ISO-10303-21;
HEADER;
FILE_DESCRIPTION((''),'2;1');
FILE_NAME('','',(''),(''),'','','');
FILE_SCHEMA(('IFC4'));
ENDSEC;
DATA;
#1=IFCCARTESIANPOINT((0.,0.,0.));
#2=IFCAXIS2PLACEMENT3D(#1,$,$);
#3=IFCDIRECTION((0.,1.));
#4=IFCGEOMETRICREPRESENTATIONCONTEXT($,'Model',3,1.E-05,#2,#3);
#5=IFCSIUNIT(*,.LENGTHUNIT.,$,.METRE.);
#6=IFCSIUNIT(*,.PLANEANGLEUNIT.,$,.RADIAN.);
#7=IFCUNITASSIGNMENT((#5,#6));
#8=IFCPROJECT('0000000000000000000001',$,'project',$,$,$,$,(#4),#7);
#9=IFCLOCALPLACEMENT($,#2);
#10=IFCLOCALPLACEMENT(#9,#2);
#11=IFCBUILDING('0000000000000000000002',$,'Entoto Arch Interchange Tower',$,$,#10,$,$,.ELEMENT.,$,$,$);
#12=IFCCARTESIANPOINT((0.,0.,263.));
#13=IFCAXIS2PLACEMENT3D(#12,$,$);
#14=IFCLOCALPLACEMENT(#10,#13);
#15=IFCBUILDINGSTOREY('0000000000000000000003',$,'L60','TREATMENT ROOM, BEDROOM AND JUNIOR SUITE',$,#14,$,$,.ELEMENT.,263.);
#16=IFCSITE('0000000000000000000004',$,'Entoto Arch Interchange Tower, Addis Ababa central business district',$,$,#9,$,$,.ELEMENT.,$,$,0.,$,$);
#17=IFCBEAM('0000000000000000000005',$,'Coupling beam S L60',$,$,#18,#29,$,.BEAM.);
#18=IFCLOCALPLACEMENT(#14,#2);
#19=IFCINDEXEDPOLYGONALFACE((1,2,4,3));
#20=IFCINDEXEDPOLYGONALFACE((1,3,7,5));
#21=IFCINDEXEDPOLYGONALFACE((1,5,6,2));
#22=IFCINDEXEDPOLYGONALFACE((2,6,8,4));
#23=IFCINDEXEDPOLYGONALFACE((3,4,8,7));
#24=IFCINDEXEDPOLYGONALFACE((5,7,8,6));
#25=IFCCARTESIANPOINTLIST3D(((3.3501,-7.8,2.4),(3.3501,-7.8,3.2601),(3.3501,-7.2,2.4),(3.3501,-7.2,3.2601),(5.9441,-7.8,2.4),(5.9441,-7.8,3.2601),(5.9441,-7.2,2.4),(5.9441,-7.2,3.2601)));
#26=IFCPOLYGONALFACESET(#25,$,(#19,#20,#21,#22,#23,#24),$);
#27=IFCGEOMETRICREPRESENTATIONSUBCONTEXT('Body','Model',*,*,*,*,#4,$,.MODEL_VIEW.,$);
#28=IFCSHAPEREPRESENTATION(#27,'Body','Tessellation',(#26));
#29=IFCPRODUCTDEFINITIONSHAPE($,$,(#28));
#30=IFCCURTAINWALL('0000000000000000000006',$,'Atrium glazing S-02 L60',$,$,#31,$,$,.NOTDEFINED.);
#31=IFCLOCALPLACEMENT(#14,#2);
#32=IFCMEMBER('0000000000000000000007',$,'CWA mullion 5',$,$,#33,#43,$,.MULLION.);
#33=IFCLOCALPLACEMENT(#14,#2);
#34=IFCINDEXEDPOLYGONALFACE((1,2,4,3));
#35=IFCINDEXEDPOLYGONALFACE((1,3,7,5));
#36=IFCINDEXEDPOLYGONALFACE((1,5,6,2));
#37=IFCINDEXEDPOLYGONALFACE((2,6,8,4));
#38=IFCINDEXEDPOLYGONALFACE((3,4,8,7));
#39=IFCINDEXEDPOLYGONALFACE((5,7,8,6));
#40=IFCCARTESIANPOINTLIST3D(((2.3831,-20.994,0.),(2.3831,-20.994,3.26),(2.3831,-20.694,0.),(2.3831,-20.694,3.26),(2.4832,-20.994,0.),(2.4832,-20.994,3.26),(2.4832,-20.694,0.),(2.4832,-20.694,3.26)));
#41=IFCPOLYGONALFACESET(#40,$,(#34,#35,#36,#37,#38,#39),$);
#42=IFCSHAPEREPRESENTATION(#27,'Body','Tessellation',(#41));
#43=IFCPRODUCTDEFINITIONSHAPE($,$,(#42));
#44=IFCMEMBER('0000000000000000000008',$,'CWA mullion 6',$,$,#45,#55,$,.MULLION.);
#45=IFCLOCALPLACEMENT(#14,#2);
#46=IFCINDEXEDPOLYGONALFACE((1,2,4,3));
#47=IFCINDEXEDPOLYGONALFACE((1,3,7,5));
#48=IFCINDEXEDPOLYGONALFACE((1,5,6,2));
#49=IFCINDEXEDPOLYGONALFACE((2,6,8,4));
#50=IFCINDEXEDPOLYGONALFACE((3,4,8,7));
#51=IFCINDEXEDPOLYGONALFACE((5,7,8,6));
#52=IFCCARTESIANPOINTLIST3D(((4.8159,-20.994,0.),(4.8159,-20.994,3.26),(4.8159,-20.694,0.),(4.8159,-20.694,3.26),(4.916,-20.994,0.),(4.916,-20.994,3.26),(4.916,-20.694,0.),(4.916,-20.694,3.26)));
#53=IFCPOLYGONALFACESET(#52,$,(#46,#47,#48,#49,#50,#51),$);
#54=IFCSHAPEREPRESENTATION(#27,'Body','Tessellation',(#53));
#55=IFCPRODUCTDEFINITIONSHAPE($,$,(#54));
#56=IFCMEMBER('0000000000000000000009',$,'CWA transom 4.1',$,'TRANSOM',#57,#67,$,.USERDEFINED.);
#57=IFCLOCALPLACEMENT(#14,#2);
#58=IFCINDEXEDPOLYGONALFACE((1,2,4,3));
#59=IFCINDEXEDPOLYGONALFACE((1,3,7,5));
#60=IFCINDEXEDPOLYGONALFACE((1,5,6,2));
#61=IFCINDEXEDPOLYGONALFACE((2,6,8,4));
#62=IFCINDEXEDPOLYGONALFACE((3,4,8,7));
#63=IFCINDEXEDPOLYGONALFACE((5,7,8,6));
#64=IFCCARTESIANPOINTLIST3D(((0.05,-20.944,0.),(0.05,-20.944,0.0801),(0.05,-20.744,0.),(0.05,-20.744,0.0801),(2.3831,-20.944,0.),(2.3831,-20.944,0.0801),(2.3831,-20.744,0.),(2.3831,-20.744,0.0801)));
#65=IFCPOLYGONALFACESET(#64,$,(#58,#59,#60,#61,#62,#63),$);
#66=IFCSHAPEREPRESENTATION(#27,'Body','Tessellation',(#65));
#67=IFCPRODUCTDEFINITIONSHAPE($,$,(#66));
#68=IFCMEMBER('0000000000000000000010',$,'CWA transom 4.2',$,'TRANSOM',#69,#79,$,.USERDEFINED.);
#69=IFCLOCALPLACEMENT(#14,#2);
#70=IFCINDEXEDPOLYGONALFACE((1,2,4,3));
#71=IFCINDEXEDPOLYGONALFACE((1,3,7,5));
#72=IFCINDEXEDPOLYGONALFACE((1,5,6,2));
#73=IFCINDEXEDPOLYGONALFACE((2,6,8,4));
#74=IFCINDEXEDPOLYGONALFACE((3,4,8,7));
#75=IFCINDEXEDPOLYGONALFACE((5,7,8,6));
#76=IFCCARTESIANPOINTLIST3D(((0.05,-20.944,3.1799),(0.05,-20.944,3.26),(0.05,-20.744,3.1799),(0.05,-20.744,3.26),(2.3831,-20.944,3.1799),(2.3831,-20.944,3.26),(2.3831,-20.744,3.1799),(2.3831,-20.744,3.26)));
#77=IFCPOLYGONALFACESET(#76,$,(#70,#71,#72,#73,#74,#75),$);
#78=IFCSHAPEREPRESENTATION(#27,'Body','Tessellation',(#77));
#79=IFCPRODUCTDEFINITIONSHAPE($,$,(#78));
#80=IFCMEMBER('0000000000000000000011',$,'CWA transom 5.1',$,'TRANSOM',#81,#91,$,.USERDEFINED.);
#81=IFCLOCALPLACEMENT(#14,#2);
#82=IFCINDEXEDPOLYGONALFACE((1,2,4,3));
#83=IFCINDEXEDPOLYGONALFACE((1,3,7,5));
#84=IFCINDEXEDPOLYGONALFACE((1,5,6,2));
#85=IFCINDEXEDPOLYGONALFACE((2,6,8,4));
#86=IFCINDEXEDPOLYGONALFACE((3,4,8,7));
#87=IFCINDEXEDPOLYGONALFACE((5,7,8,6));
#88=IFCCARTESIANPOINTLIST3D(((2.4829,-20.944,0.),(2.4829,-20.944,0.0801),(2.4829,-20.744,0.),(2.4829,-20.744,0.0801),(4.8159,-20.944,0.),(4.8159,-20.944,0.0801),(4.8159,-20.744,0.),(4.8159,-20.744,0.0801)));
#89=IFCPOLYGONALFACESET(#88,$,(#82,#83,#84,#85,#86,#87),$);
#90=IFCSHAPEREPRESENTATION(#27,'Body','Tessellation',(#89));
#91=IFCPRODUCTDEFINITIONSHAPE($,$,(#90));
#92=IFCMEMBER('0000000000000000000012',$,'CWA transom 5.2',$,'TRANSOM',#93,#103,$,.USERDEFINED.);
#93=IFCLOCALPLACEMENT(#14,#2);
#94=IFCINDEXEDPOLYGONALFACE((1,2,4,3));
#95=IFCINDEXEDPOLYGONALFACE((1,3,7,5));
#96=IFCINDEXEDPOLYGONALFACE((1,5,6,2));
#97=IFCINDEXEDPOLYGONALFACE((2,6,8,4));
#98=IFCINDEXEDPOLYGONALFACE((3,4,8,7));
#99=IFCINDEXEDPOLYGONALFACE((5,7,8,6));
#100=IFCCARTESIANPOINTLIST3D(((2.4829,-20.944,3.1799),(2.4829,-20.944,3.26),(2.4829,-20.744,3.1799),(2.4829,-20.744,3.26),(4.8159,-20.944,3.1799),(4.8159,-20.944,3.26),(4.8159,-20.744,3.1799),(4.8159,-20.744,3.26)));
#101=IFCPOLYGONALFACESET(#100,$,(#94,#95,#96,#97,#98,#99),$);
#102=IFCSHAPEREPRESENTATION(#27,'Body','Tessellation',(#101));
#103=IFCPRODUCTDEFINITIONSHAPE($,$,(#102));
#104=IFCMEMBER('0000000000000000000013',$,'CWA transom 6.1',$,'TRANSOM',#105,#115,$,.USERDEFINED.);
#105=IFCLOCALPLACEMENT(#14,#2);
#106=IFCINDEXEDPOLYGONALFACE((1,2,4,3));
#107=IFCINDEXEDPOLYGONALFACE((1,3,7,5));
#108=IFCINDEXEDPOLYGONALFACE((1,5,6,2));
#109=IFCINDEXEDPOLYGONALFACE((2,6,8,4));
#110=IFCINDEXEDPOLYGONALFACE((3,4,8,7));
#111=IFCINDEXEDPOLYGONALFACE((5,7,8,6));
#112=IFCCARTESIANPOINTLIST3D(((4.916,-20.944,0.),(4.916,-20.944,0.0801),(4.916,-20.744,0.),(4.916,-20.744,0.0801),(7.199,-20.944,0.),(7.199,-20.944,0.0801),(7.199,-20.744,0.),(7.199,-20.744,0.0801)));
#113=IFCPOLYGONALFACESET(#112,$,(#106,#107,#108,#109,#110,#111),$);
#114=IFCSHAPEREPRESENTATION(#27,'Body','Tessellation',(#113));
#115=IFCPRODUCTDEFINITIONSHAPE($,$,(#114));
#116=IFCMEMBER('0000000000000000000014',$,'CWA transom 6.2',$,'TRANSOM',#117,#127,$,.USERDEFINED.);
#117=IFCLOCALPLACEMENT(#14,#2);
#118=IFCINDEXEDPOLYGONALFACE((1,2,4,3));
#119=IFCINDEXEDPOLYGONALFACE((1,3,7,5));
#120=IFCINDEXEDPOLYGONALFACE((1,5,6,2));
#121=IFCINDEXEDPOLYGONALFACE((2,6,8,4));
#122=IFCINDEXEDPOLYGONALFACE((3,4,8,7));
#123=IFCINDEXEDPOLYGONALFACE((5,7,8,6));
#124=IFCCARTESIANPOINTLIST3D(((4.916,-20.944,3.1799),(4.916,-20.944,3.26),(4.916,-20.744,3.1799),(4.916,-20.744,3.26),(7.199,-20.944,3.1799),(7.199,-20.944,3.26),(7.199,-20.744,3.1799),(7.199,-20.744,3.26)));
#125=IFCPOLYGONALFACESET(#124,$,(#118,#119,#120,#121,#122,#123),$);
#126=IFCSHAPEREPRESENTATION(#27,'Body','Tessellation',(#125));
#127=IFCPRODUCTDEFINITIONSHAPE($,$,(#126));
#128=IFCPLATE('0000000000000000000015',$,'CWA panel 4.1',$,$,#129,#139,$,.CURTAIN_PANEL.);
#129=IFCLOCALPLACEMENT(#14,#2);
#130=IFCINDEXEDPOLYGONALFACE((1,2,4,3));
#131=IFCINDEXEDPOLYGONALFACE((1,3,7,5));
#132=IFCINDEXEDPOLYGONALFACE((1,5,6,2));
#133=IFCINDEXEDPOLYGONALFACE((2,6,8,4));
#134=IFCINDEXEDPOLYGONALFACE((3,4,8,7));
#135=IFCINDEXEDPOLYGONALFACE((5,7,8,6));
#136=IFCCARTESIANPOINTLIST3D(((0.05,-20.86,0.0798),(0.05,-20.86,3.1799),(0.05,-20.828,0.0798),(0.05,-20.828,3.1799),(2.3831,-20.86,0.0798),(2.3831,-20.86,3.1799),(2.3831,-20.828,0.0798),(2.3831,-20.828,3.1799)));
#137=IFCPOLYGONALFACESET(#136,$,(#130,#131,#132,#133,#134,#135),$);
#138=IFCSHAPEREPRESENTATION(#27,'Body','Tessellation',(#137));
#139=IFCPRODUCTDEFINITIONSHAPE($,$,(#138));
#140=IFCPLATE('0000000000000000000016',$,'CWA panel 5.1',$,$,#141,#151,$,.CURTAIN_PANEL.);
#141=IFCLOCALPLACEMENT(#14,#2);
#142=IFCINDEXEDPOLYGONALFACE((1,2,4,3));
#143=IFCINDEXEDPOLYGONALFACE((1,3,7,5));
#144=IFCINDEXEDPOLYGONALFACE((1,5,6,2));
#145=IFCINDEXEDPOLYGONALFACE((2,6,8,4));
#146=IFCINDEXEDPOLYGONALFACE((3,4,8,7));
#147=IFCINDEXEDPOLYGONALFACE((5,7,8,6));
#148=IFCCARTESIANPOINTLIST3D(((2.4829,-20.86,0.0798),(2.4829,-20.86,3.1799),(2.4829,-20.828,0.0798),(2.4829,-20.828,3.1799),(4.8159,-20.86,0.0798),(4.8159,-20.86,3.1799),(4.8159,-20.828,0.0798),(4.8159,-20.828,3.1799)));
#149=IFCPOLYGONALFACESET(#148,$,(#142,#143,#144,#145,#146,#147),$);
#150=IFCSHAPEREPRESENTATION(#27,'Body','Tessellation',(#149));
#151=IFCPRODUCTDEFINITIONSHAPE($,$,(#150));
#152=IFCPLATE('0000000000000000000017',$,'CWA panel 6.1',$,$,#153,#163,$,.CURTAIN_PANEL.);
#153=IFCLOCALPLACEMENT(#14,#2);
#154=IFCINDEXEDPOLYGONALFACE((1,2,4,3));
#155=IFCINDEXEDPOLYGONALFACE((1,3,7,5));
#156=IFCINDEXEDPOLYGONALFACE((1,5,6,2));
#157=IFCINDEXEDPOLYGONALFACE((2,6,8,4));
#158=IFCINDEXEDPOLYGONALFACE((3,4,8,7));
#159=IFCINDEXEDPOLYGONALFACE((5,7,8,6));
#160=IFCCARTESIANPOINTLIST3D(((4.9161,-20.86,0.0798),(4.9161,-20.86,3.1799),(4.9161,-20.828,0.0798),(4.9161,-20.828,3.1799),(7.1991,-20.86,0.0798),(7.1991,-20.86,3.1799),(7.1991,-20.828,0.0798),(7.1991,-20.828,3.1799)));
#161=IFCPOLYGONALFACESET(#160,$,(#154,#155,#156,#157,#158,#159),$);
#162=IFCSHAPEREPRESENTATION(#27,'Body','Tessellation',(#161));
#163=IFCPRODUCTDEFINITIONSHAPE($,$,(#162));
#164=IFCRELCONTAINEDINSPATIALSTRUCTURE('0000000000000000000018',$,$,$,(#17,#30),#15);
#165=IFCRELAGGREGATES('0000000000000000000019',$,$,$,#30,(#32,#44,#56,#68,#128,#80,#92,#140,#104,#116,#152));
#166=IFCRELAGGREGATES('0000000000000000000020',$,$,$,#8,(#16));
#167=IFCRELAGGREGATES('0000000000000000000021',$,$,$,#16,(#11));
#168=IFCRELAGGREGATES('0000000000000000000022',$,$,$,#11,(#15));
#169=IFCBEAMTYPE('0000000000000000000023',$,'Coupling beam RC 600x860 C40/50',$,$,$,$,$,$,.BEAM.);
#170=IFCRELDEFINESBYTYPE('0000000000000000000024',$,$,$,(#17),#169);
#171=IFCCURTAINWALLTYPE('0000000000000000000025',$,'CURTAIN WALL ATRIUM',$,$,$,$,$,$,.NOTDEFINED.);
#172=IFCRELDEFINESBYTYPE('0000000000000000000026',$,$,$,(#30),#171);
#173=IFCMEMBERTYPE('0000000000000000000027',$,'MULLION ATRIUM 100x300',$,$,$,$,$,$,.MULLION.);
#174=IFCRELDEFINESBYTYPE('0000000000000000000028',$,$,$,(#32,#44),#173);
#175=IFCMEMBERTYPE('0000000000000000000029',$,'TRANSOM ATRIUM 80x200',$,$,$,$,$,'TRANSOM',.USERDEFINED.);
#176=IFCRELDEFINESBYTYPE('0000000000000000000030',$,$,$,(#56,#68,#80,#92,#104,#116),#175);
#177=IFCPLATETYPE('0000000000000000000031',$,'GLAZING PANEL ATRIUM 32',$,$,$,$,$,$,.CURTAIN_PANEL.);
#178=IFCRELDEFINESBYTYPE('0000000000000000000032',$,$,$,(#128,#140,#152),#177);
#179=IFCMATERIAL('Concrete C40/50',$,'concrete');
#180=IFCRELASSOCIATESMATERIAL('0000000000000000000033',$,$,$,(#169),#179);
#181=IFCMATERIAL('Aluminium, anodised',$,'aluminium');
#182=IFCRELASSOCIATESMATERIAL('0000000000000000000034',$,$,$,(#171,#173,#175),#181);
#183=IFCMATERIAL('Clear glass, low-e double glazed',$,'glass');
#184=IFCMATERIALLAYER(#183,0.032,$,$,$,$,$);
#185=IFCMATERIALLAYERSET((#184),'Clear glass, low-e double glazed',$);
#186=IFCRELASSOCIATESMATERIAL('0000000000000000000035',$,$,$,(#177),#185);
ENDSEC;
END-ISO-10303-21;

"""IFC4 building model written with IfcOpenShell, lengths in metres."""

from ifc_helpers import new_model, si_unit, direction, frame, origin, origin_2d, place, context, subcontext, project, spatial, rectangle, extrude, material, layer, layer_set, material_profile, profile_set, type_object, element, aggregate, save


model = new_model("IFC4")

# Units and contexts
model_context = context("Model", 3, precision=1e-05, world=origin(), true_north=direction((0.0, 1.0)))
body_context = subcontext(model_context, "Body", "Model", "MODEL_VIEW")
ifc_project = project(units=[si_unit("LENGTHUNIT", "METRE"), si_unit("PLANEANGLEUNIT", "RADIAN")], contexts=[model_context])

# Site, building, storey
site_placement = place(None, origin())
site = spatial("IfcSite", under=ifc_project, at=site_placement, Name="Entoto Arch Interchange Tower, Addis Ababa central business district", CompositionType="ELEMENT", RefElevation=0.0)
building_placement = place(site_placement, origin())
building = spatial("IfcBuilding", under=site, at=building_placement, Name="Entoto Arch Interchange Tower", CompositionType="ELEMENT")
storey_placement = place(building_placement, frame((0.0, 0.0, 263.0)))
storey = spatial("IfcBuildingStorey", under=building, at=storey_placement, Name="L60", Description="TREATMENT ROOM, BEDROOM AND JUNIOR SUITE", CompositionType="ELEMENT", Elevation=263.0)

# Beam
ifc_material_1 = material(Name="Concrete C40/50", Category="concrete")
ifc_material_profile_1 = material_profile(ifc_material_1, rectangle(XDim=0.6001, YDim=0.8601, at=origin_2d()))
ifc_profile_set_1 = profile_set([ifc_material_profile_1], Name="Concrete C40/50")
beam_type = type_object("IfcBeamType", Name="Coupling beam RC 600x860 C40/50", PredefinedType="BEAM", material=ifc_profile_set_1)
beam_placement = place(storey_placement, frame((3.3501, -7.5, 2.8301), z_axis=(1.0, 0.0, 0.0), x_axis=(0.0, 1.0, 0.0)))
element("IfcBeam", 1, at=beam_placement, inside=storey, type_object=beam_type, Name="Coupling beam S L60", PredefinedType="BEAM", context=body_context, shape_type="SweptSolid", body=[
    extrude(rectangle(XDim=0.6001, YDim=0.8601, at=origin_2d()), origin(), (0.0, 0.0, 1.0), 2.594),
])

# Curtain wall, members, plates
ifc_material_2 = material(Name="Aluminium, anodised", Category="aluminium")
curtain_wall_type = type_object("IfcCurtainWallType", Name="CURTAIN WALL ATRIUM", PredefinedType="NOTDEFINED", material=ifc_material_2)
curtain_wall_placement = place(storey_placement, origin())
curtain_wall = element("IfcCurtainWall", 2, at=curtain_wall_placement, inside=storey, type_object=curtain_wall_type, Name="Atrium glazing S-02 L60", PredefinedType="NOTDEFINED")
ifc_material_profile_2 = material_profile(ifc_material_2, rectangle(XDim=0.3, YDim=0.1001, at=origin_2d()))
ifc_profile_set_2 = profile_set([ifc_material_profile_2], Name="Aluminium, anodised")
member_type_1 = type_object("IfcMemberType", Name="MULLION ATRIUM 100x300", PredefinedType="MULLION", material=ifc_profile_set_2)
member_1_placement = place(storey_placement, frame((2.4331, -20.844, 0.0), z_axis=(0.0, 0.0, 1.0), x_axis=(0.0, 1.0, 0.0)))
member_1 = element("IfcMember", 3, at=member_1_placement, type_object=member_type_1, Name="CWA mullion 5", PredefinedType="MULLION", context=body_context, shape_type="SweptSolid", body=[
    extrude(rectangle(XDim=0.3, YDim=0.1001, at=origin_2d()), origin(), (0.0, 0.0, 1.0), 3.26),
])
member_2_placement = place(storey_placement, frame((4.866, -20.844, 0.0), z_axis=(0.0, 0.0, 1.0), x_axis=(0.0, 1.0, 0.0)))
member_2 = element("IfcMember", 4, at=member_2_placement, type_object=member_type_1, Name="CWA mullion 6", PredefinedType="MULLION", context=body_context, shape_type="SweptSolid", body=[
    extrude(rectangle(XDim=0.3, YDim=0.1001, at=origin_2d()), origin(), (0.0, 0.0, 1.0), 3.26),
])
ifc_material_profile_3 = material_profile(ifc_material_2, rectangle(XDim=0.2, YDim=0.0801, at=origin_2d()))
ifc_profile_set_3 = profile_set([ifc_material_profile_3], Name="Aluminium, anodised")
member_type_2 = type_object("IfcMemberType", Name="TRANSOM ATRIUM 80x200", ElementType="TRANSOM", PredefinedType="USERDEFINED", material=ifc_profile_set_3)
member_3_placement = place(storey_placement, frame((0.05, -20.844, 0.04), z_axis=(1.0, 0.0, 0.0), x_axis=(0.0, 1.0, 0.0)))
member_3 = element("IfcMember", 5, at=member_3_placement, type_object=member_type_2, Name="CWA transom 4.1", ObjectType="TRANSOM", PredefinedType="USERDEFINED", context=body_context, shape_type="SweptSolid", body=[
    extrude(rectangle(XDim=0.2, YDim=0.0801, at=origin_2d()), origin(), (0.0, 0.0, 1.0), 2.333),
])
member_4_placement = place(storey_placement, frame((0.05, -20.844, 3.22), z_axis=(1.0, 0.0, 0.0), x_axis=(0.0, 1.0, 0.0)))
member_4 = element("IfcMember", 6, at=member_4_placement, type_object=member_type_2, Name="CWA transom 4.2", ObjectType="TRANSOM", PredefinedType="USERDEFINED", context=body_context, shape_type="SweptSolid", body=[
    extrude(rectangle(XDim=0.2, YDim=0.0801, at=origin_2d()), origin(), (0.0, 0.0, 1.0), 2.333),
])
member_5_placement = place(storey_placement, frame((2.4829, -20.844, 0.04), z_axis=(1.0, 0.0, 0.0), x_axis=(0.0, 1.0, 0.0)))
member_5 = element("IfcMember", 7, at=member_5_placement, type_object=member_type_2, Name="CWA transom 5.1", ObjectType="TRANSOM", PredefinedType="USERDEFINED", context=body_context, shape_type="SweptSolid", body=[
    extrude(rectangle(XDim=0.2, YDim=0.0801, at=origin_2d()), origin(), (0.0, 0.0, 1.0), 2.333),
])
member_6_placement = place(storey_placement, frame((2.4829, -20.844, 3.22), z_axis=(1.0, 0.0, 0.0), x_axis=(0.0, 1.0, 0.0)))
member_6 = element("IfcMember", 8, at=member_6_placement, type_object=member_type_2, Name="CWA transom 5.2", ObjectType="TRANSOM", PredefinedType="USERDEFINED", context=body_context, shape_type="SweptSolid", body=[
    extrude(rectangle(XDim=0.2, YDim=0.0801, at=origin_2d()), origin(), (0.0, 0.0, 1.0), 2.333),
])
member_7_placement = place(storey_placement, frame((4.916, -20.844, 0.04), z_axis=(1.0, 0.0, 0.0), x_axis=(0.0, 1.0, 0.0)))
member_7 = element("IfcMember", 9, at=member_7_placement, type_object=member_type_2, Name="CWA transom 6.1", ObjectType="TRANSOM", PredefinedType="USERDEFINED", context=body_context, shape_type="SweptSolid", body=[
    extrude(rectangle(XDim=0.2, YDim=0.0801, at=origin_2d()), origin(), (0.0, 0.0, 1.0), 2.283),
])
member_8_placement = place(storey_placement, frame((4.916, -20.844, 3.22), z_axis=(1.0, 0.0, 0.0), x_axis=(0.0, 1.0, 0.0)))
member_8 = element("IfcMember", 10, at=member_8_placement, type_object=member_type_2, Name="CWA transom 6.2", ObjectType="TRANSOM", PredefinedType="USERDEFINED", context=body_context, shape_type="SweptSolid", body=[
    extrude(rectangle(XDim=0.2, YDim=0.0801, at=origin_2d()), origin(), (0.0, 0.0, 1.0), 2.283),
])
ifc_material_3 = material(Name="Clear glass, low-e double glazed", Category="glass")
ifc_layer_1 = layer(ifc_material_3, 0.032)
ifc_layer_set_1 = layer_set([ifc_layer_1], Name="Clear glass, low-e double glazed")
plate_type = type_object("IfcPlateType", Name="GLAZING PANEL ATRIUM 32", PredefinedType="CURTAIN_PANEL", material=ifc_layer_set_1)
plate_1_placement = place(storey_placement, frame((1.2166, -20.844, 0.0798), z_axis=(0.0, 0.0, 1.0), x_axis=(1.0, 0.0, 0.0)))
plate_1 = element("IfcPlate", 11, at=plate_1_placement, type_object=plate_type, Name="CWA panel 4.1", PredefinedType="CURTAIN_PANEL", context=body_context, shape_type="SweptSolid", body=[
    extrude(rectangle(XDim=2.333, YDim=0.032, at=origin_2d()), origin(), (0.0, 0.0, 1.0), 3.1001),
])
plate_2_placement = place(storey_placement, frame((3.6494, -20.844, 0.0798), z_axis=(0.0, 0.0, 1.0), x_axis=(1.0, 0.0, 0.0)))
plate_2 = element("IfcPlate", 12, at=plate_2_placement, type_object=plate_type, Name="CWA panel 5.1", PredefinedType="CURTAIN_PANEL", context=body_context, shape_type="SweptSolid", body=[
    extrude(rectangle(XDim=2.333, YDim=0.032, at=origin_2d()), origin(), (0.0, 0.0, 1.0), 3.1001),
])
plate_3_placement = place(storey_placement, frame((6.0576, -20.844, 0.0798), z_axis=(0.0, 0.0, 1.0), x_axis=(1.0, 0.0, 0.0)))
plate_3 = element("IfcPlate", 13, at=plate_3_placement, type_object=plate_type, Name="CWA panel 6.1", PredefinedType="CURTAIN_PANEL", context=body_context, shape_type="SweptSolid", body=[
    extrude(rectangle(XDim=2.283, YDim=0.032, at=origin_2d()), origin(), (0.0, 0.0, 1.0), 3.1001),
])
aggregate(curtain_wall, [member_1, member_2, member_3, member_4, plate_1, member_5, member_6, plate_2, member_7, member_8, plate_3])

save(model, "model.ifc")
